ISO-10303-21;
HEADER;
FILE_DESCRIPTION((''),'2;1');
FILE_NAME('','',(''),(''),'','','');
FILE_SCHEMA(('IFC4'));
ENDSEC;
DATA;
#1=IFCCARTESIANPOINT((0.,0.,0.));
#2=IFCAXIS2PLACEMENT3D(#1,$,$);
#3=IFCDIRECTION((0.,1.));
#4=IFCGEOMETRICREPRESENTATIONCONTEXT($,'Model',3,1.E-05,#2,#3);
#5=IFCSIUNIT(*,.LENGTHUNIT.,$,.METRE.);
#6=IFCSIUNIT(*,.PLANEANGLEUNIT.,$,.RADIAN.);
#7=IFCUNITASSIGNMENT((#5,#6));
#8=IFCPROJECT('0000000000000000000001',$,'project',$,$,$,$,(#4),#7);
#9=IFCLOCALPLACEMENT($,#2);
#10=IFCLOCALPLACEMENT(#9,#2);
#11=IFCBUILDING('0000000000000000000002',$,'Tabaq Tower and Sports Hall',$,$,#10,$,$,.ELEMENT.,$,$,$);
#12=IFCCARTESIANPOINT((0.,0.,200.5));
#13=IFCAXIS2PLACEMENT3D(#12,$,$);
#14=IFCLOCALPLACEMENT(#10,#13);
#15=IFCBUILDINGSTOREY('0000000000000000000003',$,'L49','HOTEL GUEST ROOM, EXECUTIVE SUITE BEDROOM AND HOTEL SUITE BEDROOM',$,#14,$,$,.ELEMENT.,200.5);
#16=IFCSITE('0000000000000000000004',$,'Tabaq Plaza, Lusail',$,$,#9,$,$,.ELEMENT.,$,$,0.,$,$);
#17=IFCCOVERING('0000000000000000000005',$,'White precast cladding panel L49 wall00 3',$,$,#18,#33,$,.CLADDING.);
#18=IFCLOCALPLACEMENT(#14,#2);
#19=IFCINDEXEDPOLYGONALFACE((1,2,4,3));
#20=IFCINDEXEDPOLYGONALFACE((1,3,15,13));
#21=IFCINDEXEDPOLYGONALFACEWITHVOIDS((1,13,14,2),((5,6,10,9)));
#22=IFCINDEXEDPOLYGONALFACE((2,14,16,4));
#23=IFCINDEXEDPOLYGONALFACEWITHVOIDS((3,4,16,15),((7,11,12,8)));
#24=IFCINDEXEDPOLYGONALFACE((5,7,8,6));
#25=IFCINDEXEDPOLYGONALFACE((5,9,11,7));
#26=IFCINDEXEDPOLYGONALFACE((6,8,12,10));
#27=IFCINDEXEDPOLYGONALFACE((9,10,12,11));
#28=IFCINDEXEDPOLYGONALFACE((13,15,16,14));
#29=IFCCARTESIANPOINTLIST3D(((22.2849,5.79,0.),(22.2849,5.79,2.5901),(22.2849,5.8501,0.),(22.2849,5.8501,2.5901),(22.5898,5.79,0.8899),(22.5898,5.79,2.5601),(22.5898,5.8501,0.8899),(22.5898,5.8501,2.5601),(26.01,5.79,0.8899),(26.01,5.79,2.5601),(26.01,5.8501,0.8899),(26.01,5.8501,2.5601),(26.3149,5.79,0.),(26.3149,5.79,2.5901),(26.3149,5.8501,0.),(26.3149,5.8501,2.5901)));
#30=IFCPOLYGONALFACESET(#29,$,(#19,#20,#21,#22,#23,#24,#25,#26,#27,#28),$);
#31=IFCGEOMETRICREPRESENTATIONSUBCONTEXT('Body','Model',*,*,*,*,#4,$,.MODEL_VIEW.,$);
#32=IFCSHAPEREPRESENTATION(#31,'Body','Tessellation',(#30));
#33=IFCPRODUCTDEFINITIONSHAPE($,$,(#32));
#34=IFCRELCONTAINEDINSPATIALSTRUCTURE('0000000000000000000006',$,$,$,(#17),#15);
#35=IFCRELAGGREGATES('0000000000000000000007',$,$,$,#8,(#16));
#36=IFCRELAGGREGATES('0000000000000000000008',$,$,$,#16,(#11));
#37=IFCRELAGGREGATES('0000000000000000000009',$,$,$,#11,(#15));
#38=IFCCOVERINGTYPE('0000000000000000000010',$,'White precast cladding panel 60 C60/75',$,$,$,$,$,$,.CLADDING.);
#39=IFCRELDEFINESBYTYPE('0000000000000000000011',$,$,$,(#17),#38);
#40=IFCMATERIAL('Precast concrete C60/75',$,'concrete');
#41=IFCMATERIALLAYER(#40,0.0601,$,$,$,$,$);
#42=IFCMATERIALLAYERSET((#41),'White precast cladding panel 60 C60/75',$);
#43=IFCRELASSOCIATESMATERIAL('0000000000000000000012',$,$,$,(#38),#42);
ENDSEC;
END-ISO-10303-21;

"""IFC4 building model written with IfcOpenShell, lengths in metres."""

from ifc_helpers import new_model, si_unit, direction, frame, origin, place, context, subcontext, project, spatial, polyline, outline, extrude, material, layer, layer_set, type_object, element, save


model = new_model("IFC4")

# Units and contexts
model_context = context("Model", 3, precision=1e-05, world=origin(), true_north=direction((0.0, 1.0)))
body_context = subcontext(model_context, "Body", "Model", "MODEL_VIEW")
ifc_project = project(units=[si_unit("LENGTHUNIT", "METRE"), si_unit("PLANEANGLEUNIT", "RADIAN")], contexts=[model_context])

# Site, building, storey
site_placement = place(None, origin())
site = spatial("IfcSite", under=ifc_project, at=site_placement, Name="Tabaq Plaza, Lusail", CompositionType="ELEMENT", RefElevation=0.0)
building_placement = place(site_placement, origin())
building = spatial("IfcBuilding", under=site, at=building_placement, Name="Tabaq Tower and Sports Hall", CompositionType="ELEMENT")
storey_placement = place(building_placement, frame((0.0, 0.0, 200.5)))
storey = spatial("IfcBuildingStorey", under=building, at=storey_placement, Name="L49", Description="HOTEL GUEST ROOM, EXECUTIVE SUITE BEDROOM AND HOTEL SUITE BEDROOM", CompositionType="ELEMENT", Elevation=200.5)

# Covering
ifc_material_1 = material(Name="Precast concrete C60/75", Category="concrete")
ifc_layer_1 = layer(ifc_material_1, 0.0601)
ifc_layer_set_1 = layer_set([ifc_layer_1], Name="White precast cladding panel 60 C60/75")
covering_type = type_object("IfcCoveringType", Name="White precast cladding panel 60 C60/75", PredefinedType="CLADDING", material=ifc_layer_set_1)
covering_1_placement = place(storey_placement, frame((22.2849, 5.8201, 0.0), z_axis=(0.0, 0.0, 1.0), x_axis=(1.0, 0.0, 0.0)))
element("IfcCovering", 1, at=covering_1_placement, inside=storey, type_object=covering_type, Name="White precast cladding panel L49 wall00 3", PredefinedType="CLADDING", context=body_context, shape_type="SweptSolid", body=[
    extrude(outline(polyline([(0.0, 0.0), (4.03, 0.0), (4.03, 2.5901), (0.0, 2.5901), (0.0, 0.0)]), holes=[polyline([(3.7251, 0.8899), (0.3049, 0.8899), (0.3049, 2.5601), (3.7251, 2.5601), (3.7251, 0.8899)])]), frame((0.0, 0.03, 0.0), z_axis=(0.0, -1.0, 0.0), x_axis=(1.0, 0.0, 0.0)), (0.0, 0.0, 1.0), 0.0601),
])

save(model, "model.ifc")
